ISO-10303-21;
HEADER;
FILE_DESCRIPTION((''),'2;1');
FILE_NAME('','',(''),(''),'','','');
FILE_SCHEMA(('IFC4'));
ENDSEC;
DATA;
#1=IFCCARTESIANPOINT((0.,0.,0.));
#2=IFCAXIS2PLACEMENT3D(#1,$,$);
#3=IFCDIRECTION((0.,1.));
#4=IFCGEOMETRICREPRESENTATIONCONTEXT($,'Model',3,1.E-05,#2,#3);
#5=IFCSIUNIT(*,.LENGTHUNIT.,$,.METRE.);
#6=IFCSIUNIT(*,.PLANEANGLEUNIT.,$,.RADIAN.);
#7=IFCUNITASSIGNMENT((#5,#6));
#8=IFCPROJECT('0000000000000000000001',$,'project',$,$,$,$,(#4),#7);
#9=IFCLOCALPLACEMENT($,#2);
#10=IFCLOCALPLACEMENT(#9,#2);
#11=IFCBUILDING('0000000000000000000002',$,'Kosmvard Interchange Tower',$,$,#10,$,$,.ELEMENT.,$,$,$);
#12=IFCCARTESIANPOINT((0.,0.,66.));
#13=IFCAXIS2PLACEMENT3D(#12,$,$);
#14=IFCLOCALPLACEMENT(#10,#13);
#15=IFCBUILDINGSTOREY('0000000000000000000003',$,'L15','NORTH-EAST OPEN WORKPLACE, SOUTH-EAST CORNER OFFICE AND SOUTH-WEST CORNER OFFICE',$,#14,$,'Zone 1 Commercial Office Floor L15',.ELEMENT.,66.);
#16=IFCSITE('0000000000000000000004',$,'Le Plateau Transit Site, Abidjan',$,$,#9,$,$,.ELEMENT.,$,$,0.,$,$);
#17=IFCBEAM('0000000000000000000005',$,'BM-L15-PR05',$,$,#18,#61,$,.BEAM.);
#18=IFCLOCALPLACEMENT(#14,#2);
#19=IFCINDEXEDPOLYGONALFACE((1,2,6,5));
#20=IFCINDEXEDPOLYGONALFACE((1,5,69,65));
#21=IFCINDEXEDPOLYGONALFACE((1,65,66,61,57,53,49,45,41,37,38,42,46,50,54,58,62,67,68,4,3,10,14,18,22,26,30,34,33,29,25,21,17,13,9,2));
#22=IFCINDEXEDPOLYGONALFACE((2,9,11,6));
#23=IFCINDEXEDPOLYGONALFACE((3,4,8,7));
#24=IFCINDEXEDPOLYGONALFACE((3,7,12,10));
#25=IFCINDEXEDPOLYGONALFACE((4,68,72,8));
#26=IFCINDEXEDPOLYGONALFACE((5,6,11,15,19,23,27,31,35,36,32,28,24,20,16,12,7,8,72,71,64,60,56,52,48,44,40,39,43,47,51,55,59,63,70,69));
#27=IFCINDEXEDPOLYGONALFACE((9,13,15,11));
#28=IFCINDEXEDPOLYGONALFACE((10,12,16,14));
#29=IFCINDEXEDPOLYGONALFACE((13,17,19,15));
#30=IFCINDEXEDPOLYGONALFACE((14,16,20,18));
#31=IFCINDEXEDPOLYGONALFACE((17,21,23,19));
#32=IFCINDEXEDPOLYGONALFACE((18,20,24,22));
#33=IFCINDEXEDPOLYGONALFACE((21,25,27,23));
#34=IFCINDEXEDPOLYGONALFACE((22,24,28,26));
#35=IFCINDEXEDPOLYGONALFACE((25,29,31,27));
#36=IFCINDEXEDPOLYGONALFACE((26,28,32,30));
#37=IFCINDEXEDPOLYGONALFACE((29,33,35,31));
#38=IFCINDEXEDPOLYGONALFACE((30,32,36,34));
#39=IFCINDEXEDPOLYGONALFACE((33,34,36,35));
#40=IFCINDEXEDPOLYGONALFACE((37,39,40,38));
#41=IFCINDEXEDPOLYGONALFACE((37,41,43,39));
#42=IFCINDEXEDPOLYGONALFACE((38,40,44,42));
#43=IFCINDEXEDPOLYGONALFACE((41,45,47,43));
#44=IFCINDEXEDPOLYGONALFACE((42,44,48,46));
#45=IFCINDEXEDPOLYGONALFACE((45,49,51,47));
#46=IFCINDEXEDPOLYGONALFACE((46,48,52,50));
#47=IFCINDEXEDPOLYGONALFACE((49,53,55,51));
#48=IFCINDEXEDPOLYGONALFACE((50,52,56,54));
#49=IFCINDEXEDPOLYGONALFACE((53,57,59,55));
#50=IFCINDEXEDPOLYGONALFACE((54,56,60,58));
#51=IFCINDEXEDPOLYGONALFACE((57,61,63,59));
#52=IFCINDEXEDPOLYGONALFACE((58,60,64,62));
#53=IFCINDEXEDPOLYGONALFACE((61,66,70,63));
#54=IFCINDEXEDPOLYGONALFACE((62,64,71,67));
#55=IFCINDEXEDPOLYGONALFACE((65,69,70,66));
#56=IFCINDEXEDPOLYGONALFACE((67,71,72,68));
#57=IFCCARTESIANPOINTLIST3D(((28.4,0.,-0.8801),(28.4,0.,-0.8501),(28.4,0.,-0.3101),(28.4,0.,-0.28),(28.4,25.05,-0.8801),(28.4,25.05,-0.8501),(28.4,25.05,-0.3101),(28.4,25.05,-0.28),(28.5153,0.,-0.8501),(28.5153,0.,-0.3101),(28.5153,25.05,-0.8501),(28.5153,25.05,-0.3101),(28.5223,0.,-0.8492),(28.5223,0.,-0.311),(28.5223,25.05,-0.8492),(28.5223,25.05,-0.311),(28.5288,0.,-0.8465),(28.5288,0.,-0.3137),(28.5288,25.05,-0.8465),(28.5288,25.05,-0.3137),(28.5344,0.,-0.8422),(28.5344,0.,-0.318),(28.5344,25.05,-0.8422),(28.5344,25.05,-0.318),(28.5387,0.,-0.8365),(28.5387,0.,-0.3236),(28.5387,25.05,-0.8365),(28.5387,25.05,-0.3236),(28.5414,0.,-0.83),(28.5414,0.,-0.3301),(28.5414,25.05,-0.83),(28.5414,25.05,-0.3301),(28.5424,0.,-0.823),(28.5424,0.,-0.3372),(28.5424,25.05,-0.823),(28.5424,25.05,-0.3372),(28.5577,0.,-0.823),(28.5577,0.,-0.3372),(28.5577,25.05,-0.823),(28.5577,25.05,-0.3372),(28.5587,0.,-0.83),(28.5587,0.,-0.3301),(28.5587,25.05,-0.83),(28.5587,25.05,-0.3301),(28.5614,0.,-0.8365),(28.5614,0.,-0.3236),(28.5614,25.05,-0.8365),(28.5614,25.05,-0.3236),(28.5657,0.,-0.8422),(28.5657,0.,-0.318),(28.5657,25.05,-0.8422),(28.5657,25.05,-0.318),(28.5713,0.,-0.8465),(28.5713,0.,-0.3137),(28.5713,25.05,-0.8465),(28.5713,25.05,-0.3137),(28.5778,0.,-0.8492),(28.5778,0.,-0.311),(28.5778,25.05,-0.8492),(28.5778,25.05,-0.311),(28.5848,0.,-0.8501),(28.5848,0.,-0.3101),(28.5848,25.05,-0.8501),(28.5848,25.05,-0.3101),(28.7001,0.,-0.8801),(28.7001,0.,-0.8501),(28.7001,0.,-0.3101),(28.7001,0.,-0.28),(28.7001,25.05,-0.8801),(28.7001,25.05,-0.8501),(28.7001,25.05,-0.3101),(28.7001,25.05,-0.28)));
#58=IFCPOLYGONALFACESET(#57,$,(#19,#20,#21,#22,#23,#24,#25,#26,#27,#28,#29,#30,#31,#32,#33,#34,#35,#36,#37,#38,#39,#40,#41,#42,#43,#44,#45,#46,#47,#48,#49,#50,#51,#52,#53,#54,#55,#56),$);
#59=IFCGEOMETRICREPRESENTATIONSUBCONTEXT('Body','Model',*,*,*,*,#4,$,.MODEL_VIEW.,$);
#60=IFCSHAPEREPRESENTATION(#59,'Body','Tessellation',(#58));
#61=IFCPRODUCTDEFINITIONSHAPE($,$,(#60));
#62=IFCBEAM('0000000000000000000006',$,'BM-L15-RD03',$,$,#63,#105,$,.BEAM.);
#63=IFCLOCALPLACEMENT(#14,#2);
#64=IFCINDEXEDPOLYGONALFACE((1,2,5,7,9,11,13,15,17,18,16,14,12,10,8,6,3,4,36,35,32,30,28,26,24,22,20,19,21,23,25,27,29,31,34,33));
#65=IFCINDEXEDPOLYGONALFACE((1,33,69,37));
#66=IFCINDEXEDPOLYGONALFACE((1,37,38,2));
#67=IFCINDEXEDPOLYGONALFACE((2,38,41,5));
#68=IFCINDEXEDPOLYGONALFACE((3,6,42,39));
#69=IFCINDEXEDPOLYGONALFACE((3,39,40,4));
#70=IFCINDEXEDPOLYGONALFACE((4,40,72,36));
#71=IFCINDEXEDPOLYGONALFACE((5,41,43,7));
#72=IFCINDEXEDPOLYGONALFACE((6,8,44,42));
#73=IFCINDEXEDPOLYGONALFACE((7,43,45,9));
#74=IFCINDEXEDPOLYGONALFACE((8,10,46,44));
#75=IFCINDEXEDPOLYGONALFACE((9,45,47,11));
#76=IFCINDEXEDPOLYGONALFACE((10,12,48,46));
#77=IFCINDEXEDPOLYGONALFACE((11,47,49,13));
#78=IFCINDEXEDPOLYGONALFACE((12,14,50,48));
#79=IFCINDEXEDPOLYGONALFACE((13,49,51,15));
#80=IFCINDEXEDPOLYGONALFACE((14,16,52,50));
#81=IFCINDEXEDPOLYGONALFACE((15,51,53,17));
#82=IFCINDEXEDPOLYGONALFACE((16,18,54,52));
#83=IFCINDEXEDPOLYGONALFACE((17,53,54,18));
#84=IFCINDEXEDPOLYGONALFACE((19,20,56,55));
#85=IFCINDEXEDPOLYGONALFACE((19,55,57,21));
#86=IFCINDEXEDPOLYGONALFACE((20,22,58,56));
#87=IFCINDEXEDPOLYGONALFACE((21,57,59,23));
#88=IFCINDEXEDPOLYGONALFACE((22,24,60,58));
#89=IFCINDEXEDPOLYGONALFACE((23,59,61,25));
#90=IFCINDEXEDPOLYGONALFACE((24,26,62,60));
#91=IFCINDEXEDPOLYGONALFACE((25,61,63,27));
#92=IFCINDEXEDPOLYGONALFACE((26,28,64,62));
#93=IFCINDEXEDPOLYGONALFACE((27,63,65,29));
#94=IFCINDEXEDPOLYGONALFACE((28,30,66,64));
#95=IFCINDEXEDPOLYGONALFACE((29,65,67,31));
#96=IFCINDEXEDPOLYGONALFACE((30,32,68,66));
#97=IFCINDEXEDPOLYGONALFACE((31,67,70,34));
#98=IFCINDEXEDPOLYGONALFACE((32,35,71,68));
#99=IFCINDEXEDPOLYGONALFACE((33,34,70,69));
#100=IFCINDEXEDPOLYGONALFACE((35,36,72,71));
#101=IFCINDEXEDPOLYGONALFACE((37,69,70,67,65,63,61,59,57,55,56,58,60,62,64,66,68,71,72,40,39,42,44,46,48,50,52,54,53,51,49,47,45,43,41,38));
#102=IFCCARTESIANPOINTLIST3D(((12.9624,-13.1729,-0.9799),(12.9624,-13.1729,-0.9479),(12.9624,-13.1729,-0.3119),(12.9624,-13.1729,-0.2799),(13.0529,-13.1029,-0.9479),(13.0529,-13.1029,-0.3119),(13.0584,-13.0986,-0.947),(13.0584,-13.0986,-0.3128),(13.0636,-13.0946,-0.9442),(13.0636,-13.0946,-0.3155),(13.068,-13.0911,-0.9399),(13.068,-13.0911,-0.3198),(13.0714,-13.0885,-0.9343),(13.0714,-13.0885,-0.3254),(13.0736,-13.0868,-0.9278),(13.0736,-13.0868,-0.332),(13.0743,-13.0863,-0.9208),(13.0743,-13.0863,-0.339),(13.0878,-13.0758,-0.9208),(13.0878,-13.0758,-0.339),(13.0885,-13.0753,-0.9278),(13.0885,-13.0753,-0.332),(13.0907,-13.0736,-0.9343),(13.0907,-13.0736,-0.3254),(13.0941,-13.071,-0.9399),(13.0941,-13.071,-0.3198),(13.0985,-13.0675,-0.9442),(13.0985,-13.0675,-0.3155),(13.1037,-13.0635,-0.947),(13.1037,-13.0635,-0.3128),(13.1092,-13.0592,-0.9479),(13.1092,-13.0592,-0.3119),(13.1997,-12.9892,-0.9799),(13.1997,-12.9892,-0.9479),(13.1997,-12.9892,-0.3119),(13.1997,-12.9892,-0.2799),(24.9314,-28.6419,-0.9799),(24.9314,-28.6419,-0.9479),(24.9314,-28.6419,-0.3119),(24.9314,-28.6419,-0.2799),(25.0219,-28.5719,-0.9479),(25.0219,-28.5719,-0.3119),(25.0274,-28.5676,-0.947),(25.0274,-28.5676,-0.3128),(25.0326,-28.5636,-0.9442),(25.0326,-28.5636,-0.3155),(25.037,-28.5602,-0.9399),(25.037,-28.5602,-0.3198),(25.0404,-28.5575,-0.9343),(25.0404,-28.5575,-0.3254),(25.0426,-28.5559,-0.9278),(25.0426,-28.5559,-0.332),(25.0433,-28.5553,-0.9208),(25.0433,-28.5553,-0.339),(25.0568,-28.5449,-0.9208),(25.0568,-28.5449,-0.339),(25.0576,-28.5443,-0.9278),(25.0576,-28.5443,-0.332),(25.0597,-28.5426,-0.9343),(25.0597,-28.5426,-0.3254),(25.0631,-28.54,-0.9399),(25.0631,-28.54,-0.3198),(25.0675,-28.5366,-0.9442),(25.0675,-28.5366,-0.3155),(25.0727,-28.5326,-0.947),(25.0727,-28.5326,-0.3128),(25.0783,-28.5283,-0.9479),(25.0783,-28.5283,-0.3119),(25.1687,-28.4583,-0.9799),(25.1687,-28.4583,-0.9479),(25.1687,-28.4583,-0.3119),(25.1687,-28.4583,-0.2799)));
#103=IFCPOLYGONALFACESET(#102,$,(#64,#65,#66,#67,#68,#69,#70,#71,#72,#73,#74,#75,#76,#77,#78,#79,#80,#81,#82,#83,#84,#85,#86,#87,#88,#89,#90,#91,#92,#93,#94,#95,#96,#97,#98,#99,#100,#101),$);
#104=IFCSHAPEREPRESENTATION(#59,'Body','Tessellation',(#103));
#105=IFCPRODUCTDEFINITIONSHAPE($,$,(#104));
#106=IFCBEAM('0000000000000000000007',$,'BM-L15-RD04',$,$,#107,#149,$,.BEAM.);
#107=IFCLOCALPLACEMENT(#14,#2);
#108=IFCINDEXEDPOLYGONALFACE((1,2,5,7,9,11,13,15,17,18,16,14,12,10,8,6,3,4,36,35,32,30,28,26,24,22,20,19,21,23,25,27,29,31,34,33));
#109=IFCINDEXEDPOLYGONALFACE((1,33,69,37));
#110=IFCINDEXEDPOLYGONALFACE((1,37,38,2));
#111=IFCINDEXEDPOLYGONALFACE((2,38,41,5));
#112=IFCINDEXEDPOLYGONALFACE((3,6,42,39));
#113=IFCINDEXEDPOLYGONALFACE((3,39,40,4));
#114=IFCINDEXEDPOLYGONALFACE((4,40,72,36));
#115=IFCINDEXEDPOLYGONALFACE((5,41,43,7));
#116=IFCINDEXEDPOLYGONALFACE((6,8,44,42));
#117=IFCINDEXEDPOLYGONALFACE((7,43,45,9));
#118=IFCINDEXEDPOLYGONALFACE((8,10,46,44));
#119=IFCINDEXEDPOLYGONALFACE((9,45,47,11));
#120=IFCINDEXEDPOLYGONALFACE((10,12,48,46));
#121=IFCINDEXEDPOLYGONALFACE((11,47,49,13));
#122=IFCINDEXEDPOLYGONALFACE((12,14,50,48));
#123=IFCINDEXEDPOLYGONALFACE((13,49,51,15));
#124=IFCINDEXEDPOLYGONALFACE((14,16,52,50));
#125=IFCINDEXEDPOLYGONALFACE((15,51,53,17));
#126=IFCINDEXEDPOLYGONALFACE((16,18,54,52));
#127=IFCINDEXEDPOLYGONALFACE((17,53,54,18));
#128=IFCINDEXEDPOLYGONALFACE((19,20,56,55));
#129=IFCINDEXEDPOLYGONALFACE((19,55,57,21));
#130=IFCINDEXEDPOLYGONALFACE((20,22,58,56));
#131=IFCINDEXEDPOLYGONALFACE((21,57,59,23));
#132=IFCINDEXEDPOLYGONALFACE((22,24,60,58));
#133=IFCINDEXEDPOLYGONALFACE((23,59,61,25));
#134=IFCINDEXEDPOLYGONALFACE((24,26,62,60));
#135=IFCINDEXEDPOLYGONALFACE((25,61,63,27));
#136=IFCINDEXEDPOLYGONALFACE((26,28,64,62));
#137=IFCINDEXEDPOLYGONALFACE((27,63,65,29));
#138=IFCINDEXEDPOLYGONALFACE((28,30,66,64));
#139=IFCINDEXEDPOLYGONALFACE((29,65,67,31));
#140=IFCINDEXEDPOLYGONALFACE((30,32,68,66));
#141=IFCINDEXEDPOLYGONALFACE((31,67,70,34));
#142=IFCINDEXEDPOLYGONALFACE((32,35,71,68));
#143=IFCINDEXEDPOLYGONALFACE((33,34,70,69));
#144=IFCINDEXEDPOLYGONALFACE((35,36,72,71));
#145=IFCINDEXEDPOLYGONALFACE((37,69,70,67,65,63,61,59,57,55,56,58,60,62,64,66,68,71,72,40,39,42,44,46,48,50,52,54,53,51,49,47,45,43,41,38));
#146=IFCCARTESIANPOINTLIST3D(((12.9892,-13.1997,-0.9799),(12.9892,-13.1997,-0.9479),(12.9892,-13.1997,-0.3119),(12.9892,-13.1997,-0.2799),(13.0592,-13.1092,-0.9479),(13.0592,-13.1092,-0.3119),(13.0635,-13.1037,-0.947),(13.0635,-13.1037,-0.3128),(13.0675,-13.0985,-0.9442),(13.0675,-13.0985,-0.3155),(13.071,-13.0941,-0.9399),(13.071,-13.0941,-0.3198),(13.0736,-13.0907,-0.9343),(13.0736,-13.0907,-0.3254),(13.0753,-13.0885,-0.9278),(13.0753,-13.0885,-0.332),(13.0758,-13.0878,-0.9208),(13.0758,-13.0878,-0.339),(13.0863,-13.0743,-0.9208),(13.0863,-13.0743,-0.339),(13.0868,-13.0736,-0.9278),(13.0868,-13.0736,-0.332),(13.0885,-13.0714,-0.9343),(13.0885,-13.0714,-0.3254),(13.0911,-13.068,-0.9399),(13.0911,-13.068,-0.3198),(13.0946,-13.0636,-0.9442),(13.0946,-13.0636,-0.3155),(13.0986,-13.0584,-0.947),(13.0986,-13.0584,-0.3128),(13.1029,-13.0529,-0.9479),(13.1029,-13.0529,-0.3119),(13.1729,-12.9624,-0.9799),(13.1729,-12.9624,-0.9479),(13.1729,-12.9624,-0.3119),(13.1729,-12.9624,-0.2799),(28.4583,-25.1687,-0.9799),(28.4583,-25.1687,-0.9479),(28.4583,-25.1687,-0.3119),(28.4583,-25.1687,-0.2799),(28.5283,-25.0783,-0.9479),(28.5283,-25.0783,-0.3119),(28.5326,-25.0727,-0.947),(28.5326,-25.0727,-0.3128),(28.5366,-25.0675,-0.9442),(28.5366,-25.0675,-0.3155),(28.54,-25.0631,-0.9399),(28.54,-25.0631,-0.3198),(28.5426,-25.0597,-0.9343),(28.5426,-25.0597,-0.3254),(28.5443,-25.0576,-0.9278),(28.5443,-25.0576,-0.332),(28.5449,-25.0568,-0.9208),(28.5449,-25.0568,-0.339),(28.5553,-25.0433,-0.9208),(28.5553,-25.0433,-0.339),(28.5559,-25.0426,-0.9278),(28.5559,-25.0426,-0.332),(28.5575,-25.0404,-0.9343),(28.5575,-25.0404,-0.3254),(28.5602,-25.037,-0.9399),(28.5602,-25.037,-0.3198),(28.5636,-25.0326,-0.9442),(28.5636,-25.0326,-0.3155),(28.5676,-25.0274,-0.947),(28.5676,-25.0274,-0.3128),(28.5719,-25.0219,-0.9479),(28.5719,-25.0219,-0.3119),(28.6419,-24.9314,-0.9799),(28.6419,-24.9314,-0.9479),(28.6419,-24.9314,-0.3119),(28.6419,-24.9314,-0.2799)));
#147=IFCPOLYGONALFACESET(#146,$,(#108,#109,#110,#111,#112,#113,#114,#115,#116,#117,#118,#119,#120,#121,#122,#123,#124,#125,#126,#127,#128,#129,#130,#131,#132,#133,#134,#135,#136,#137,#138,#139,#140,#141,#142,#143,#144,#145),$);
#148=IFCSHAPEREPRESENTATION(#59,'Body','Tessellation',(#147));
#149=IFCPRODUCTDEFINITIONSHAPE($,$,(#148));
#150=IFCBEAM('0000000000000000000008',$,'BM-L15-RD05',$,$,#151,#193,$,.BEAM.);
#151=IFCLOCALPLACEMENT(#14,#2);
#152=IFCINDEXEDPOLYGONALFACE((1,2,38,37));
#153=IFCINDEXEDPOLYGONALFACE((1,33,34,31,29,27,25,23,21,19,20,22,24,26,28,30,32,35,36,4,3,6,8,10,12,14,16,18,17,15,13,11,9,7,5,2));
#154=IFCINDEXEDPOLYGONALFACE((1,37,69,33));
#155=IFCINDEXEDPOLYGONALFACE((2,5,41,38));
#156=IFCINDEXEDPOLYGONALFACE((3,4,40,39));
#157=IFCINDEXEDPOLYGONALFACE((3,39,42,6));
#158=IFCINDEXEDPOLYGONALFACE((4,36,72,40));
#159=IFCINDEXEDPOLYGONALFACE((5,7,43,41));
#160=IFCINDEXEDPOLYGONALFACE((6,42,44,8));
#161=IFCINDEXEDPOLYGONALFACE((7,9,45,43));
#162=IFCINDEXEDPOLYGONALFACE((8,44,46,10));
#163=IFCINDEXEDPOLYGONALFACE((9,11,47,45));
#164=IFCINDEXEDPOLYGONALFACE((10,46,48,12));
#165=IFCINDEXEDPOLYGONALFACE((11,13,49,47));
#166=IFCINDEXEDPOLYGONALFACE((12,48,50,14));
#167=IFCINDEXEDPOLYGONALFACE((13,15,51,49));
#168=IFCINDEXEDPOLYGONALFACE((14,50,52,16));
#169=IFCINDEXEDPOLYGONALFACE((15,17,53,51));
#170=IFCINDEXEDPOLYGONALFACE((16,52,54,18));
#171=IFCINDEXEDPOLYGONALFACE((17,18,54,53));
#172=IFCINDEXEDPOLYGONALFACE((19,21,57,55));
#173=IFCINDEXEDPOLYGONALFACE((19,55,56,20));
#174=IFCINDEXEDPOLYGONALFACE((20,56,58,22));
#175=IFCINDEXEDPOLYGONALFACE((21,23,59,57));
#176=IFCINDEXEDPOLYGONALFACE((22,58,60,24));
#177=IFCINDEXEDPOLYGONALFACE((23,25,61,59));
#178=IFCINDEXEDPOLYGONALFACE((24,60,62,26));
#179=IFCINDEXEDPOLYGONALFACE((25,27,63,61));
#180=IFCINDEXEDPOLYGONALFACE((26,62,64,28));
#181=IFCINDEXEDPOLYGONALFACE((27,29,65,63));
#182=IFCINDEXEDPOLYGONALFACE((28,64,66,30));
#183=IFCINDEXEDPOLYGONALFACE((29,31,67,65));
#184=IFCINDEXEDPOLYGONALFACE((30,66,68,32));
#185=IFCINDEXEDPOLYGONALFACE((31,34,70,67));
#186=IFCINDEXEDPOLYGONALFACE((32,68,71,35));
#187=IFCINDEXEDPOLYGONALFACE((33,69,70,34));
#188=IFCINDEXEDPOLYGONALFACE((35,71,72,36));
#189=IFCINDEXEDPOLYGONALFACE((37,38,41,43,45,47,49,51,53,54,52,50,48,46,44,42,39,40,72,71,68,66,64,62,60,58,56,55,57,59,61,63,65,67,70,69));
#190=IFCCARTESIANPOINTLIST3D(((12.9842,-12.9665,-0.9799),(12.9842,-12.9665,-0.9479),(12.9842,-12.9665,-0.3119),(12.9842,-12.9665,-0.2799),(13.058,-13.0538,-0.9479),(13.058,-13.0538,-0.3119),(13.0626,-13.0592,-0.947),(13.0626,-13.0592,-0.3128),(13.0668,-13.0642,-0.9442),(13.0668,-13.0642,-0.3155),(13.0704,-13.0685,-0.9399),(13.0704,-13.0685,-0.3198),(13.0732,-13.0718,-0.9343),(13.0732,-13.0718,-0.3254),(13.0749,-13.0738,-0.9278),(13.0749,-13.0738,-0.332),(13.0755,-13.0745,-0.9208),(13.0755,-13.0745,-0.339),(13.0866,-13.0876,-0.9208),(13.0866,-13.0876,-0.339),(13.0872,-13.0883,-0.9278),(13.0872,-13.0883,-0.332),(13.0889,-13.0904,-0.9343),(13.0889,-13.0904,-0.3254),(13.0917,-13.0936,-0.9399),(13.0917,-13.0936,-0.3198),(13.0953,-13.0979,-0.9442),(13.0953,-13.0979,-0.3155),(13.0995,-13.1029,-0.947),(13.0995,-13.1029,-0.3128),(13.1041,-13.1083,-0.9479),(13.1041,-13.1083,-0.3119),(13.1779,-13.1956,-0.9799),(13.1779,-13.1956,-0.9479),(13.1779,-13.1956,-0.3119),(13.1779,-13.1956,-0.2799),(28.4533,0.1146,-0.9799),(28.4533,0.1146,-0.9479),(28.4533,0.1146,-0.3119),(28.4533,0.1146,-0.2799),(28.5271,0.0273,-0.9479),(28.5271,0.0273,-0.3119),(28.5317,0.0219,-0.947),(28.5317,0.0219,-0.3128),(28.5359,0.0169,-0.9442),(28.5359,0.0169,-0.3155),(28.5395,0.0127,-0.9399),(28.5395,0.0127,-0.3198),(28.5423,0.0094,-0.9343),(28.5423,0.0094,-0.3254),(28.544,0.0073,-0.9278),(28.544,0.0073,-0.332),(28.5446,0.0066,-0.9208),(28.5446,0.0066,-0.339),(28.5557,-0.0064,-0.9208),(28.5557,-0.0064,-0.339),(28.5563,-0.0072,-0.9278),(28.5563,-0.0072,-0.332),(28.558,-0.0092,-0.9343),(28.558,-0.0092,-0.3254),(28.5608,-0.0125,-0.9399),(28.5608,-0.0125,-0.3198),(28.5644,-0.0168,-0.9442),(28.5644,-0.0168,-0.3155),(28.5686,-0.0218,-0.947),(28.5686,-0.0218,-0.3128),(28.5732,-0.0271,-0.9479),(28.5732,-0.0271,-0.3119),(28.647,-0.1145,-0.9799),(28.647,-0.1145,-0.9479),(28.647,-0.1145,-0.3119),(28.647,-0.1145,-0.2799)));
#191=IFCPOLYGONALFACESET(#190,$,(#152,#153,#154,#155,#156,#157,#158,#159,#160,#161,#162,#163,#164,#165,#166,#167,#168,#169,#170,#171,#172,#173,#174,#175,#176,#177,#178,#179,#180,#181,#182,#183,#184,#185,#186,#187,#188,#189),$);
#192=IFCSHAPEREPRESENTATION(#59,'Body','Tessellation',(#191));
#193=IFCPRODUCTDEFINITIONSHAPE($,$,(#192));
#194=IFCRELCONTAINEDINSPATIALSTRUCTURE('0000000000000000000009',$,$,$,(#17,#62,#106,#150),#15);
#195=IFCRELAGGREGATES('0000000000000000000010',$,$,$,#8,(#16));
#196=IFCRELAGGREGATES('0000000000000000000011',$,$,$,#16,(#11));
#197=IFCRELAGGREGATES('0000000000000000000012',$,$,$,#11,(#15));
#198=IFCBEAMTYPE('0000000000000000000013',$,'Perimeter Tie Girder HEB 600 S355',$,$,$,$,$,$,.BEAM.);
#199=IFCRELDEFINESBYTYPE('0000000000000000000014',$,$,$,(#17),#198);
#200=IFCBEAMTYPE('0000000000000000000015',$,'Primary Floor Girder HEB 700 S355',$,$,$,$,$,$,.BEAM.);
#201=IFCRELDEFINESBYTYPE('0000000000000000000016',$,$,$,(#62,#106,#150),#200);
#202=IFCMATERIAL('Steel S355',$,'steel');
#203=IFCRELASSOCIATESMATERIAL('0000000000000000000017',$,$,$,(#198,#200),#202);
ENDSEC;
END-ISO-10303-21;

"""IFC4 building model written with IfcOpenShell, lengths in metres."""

from ifc_helpers import new_model, si_unit, direction, frame, origin, origin_2d, place, context, subcontext, project, spatial, i_section, extrude, source, transform, mapped, material, material_profile, profile_set, type_object, element, save


model = new_model("IFC4")

# Units and contexts
model_context = context("Model", 3, precision=1e-05, world=origin(), true_north=direction((0.0, 1.0)))
body_context = subcontext(model_context, "Body", "Model", "MODEL_VIEW")
ifc_project = project(units=[si_unit("LENGTHUNIT", "METRE"), si_unit("PLANEANGLEUNIT", "RADIAN")], contexts=[model_context])

# Site, building, storey
site_placement = place(None, origin())
site = spatial("IfcSite", under=ifc_project, at=site_placement, Name="Le Plateau Transit Site, Abidjan", CompositionType="ELEMENT", RefElevation=0.0)
building_placement = place(site_placement, origin())
building = spatial("IfcBuilding", under=site, at=building_placement, Name="Kosmvard Interchange Tower", CompositionType="ELEMENT")
storey_placement = place(building_placement, frame((0.0, 0.0, 66.0)))
storey = spatial("IfcBuildingStorey", under=building, at=storey_placement, Name="L15", Description="NORTH-EAST OPEN WORKPLACE, SOUTH-EAST CORNER OFFICE AND SOUTH-WEST CORNER OFFICE", LongName="Zone 1 Commercial Office Floor L15", CompositionType="ELEMENT", Elevation=66.0)

# Beams
ifc_material_1 = material(Name="Steel S355", Category="steel")
ifc_material_profile_1 = material_profile(ifc_material_1, i_section(OverallWidth=0.3, OverallDepth=0.6001, WebThickness=0.0154, FlangeThickness=0.03, FilletRadius=0.0271, at=origin_2d()), Name="HEB 600")
ifc_profile_set_1 = profile_set([ifc_material_profile_1], Name="Steel S355")
beam_type_1 = type_object("IfcBeamType", Name="Perimeter Tie Girder HEB 600 S355", PredefinedType="BEAM", material=ifc_profile_set_1)
shared_shape_1 = source(origin(), body_context, "Body", "SweptSolid", [
    extrude(i_section(OverallWidth=0.3, OverallDepth=0.6001, WebThickness=0.0154, FlangeThickness=0.03, FilletRadius=0.0271, at=origin_2d()), origin(), (0.0, 0.0, 1.0), 25.05),
])
for number, where, z_axis, x_axis, name in (
    (1, (28.55, 0.0, -0.5801), (0.0, 1.0, 0.0), (-1.0, 0.0, 0.0), "BM-L15-PR05"),
):
    element("IfcBeam", number, at=place(storey_placement, frame(where, z_axis=z_axis, x_axis=x_axis)), inside=storey, type_object=beam_type_1, Name=name, PredefinedType="BEAM", context=body_context, shape_type="MappedRepresentation", body=[
        mapped(shared_shape_1, transform((0.0, 0.0, 0.0), scale=1.0)),
    ])
ifc_material_profile_2 = material_profile(ifc_material_1, i_section(OverallWidth=0.3, OverallDepth=0.7, WebThickness=0.0171, FlangeThickness=0.032, FilletRadius=0.0271, at=origin_2d()), Name="HEB 700")
ifc_profile_set_2 = profile_set([ifc_material_profile_2], Name="Steel S355")
beam_type_2 = type_object("IfcBeamType", Name="Primary Floor Girder HEB 700 S355", PredefinedType="BEAM", material=ifc_profile_set_2)
shared_shape_2 = source(origin(), body_context, "Body", "SweptSolid", [
    extrude(i_section(OverallWidth=0.3, OverallDepth=0.7, WebThickness=0.0171, FlangeThickness=0.032, FilletRadius=0.0271, at=origin_2d()), origin(), (0.0, 0.0, 1.0), 19.5588),
])
for number, where, z_axis, x_axis, name in (
    (2, (13.0811, -13.0811, -0.6299), (0.611949, -0.790897, 0.0), (0.790897, 0.611949, 0.0), "BM-L15-RD03"),
    (3, (13.0811, -13.0811, -0.6299), (0.790897, -0.611949, 0.0), (0.611949, 0.790897, 0.0), "BM-L15-RD04"),
):
    element("IfcBeam", number, at=place(storey_placement, frame(where, z_axis=z_axis, x_axis=x_axis)), inside=storey, type_object=beam_type_2, Name=name, PredefinedType="BEAM", context=body_context, shape_type="MappedRepresentation", body=[
        mapped(shared_shape_2, transform((0.0, 0.0, 0.0), scale=1.0)),
    ])
shared_shape_3 = source(origin(), body_context, "Body", "SweptSolid", [
    extrude(i_section(OverallWidth=0.3, OverallDepth=0.7, WebThickness=0.0171, FlangeThickness=0.032, FilletRadius=0.0271, at=origin_2d()), origin(), (0.0, 0.0, 1.0), 20.2585),
])
beam_1_placement = place(storey_placement, frame((13.0811, -13.0811, -0.6299), z_axis=(0.763583, 0.645709, 0.0), x_axis=(-0.645709, 0.763583, 0.0)))
element("IfcBeam", 4, at=beam_1_placement, inside=storey, type_object=beam_type_2, Name="BM-L15-RD05", PredefinedType="BEAM", context=body_context, shape_type="MappedRepresentation", body=[
    mapped(shared_shape_3, transform((0.0, 0.0, 0.0), scale=1.0)),
])

save(model, "model.ifc")
